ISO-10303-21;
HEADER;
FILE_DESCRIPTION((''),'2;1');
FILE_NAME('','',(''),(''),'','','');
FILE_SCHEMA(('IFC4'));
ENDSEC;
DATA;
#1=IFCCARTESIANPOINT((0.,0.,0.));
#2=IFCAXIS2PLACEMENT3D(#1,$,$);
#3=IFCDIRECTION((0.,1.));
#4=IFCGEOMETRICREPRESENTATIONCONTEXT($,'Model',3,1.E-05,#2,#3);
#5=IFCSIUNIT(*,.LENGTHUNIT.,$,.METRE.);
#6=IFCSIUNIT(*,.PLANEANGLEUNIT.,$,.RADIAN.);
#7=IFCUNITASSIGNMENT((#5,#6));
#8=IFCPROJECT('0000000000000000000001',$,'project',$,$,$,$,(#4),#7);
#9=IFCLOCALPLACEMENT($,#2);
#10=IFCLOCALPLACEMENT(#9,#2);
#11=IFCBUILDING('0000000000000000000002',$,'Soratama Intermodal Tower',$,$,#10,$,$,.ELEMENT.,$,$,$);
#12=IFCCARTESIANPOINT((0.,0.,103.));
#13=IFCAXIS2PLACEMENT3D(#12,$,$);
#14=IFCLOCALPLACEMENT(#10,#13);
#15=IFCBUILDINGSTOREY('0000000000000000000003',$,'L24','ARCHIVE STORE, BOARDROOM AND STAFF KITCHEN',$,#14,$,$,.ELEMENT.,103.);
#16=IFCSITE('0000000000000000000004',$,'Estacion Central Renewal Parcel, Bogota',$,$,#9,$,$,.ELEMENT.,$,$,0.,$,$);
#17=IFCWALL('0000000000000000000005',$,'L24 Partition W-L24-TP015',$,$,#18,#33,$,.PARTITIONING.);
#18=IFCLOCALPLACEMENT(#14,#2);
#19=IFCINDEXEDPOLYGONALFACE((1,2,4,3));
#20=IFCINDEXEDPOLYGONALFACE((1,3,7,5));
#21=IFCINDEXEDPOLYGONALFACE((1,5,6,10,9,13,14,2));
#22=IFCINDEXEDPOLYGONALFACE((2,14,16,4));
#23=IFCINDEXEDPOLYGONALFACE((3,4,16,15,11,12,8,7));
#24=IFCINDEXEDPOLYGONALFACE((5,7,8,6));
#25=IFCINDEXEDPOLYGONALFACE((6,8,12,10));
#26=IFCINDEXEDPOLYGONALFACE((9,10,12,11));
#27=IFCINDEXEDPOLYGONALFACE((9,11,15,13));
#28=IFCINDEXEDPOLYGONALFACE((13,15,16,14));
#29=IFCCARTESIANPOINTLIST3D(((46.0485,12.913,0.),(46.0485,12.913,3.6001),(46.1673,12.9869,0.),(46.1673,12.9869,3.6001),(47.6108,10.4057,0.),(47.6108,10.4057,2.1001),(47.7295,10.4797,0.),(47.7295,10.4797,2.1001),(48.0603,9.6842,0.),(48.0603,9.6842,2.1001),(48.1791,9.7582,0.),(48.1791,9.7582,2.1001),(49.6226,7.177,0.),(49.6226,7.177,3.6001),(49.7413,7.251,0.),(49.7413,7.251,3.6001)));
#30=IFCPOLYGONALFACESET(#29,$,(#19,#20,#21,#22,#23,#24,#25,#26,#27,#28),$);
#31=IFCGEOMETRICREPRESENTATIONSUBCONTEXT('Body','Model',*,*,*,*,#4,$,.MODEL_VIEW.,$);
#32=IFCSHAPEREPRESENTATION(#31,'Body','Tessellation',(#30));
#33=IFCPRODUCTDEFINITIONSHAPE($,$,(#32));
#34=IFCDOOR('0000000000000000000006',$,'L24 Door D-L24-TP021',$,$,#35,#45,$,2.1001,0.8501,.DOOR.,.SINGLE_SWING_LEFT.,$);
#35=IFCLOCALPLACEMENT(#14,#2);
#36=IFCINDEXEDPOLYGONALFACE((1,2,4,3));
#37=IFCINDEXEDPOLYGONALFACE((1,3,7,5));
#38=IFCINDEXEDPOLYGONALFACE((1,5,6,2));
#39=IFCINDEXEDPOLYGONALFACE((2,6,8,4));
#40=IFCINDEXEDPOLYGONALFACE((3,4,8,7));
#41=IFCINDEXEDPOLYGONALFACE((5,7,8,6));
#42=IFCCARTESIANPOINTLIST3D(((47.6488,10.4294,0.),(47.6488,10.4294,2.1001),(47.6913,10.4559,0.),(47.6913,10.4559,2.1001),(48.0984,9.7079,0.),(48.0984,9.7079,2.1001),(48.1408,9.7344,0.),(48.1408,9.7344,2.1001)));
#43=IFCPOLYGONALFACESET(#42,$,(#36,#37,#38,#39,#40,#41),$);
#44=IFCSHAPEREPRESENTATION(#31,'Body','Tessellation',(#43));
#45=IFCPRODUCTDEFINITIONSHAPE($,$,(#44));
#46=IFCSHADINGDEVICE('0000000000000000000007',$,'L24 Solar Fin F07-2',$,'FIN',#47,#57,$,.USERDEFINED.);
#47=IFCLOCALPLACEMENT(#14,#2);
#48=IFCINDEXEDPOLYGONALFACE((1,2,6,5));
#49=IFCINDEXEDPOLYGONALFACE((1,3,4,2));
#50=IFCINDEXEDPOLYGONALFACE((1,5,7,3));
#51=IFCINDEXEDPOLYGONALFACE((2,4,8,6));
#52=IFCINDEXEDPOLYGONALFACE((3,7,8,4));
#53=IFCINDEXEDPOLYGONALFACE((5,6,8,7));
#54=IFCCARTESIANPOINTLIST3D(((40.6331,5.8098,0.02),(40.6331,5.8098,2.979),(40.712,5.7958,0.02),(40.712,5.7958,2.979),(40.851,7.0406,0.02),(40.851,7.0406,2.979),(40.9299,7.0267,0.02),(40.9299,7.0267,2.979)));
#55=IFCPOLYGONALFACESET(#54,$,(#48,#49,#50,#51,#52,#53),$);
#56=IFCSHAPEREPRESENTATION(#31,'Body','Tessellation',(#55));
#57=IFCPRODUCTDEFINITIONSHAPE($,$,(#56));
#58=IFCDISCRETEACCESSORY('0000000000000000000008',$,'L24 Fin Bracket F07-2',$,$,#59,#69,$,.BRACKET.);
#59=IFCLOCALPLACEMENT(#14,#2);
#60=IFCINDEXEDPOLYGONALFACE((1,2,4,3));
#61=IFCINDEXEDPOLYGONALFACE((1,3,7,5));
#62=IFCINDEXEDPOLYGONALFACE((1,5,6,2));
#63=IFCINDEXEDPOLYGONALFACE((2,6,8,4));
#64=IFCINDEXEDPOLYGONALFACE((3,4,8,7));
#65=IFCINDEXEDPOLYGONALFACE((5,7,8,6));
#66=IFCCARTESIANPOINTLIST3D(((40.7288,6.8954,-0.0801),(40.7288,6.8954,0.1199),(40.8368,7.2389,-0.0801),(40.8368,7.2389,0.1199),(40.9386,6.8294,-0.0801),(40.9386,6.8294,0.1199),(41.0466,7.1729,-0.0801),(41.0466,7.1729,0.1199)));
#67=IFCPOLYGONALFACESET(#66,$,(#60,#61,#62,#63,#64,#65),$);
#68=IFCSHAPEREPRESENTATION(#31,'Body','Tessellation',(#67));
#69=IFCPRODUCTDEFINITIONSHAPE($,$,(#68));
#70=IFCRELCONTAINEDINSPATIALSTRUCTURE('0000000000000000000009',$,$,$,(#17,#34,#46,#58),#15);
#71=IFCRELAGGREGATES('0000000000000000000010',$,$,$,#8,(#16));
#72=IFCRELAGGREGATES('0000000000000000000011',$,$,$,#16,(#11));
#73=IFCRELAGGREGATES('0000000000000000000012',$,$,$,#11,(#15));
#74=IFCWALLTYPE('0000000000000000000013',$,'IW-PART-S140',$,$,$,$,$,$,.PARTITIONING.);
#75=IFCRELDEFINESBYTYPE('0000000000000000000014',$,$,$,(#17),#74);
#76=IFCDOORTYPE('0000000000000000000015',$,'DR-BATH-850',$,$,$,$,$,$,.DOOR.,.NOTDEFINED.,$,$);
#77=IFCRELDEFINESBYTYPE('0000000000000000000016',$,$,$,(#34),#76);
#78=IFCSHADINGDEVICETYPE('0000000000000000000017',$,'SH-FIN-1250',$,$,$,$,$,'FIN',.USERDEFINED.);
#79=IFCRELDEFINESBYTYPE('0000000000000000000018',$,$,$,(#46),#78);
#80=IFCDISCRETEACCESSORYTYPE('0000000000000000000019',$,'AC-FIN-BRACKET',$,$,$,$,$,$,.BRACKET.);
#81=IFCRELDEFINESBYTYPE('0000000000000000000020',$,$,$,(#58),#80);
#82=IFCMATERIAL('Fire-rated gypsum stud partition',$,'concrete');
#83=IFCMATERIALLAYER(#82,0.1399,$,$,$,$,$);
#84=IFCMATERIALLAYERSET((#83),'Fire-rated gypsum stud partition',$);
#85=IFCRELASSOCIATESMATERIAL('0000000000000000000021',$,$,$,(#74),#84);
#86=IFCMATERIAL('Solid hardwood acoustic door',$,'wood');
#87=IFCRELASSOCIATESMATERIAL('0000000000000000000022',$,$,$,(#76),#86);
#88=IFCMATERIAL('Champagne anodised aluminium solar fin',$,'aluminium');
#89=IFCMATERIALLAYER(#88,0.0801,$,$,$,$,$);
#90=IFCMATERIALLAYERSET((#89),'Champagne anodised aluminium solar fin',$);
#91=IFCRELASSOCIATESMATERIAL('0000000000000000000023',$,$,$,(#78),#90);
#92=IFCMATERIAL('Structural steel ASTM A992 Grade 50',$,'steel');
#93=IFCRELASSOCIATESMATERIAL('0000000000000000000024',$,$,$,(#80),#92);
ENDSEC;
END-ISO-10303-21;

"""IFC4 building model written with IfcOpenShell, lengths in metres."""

from ifc_helpers import new_model, si_unit, direction, frame, frame_2d, origin, origin_2d, place, context, subcontext, project, spatial, rectangle, extrude, material, layer, layer_set, type_object, element, fill, save


model = new_model("IFC4")

# Units and contexts
model_context = context("Model", 3, precision=1e-05, world=origin(), true_north=direction((0.0, 1.0)))
body_context = subcontext(model_context, "Body", "Model", "MODEL_VIEW")
ifc_project = project(units=[si_unit("LENGTHUNIT", "METRE"), si_unit("PLANEANGLEUNIT", "RADIAN")], contexts=[model_context])

# Site, building, storey
site_placement = place(None, origin())
site = spatial("IfcSite", under=ifc_project, at=site_placement, Name="Estacion Central Renewal Parcel, Bogota", CompositionType="ELEMENT", RefElevation=0.0)
building_placement = place(site_placement, origin())
building = spatial("IfcBuilding", under=site, at=building_placement, Name="Soratama Intermodal Tower", CompositionType="ELEMENT")
storey_placement = place(building_placement, frame((0.0, 0.0, 103.0)))
storey = spatial("IfcBuildingStorey", under=building, at=storey_placement, Name="L24", Description="ARCHIVE STORE, BOARDROOM AND STAFF KITCHEN", CompositionType="ELEMENT", Elevation=103.0)

# Wall, opening, door
ifc_material_1 = material(Name="Fire-rated gypsum stud partition", Category="concrete")
ifc_layer_1 = layer(ifc_material_1, 0.1399)
ifc_layer_set_1 = layer_set([ifc_layer_1], Name="Fire-rated gypsum stud partition")
wall_type_1 = type_object("IfcWallType", Name="IW-PART-S140", PredefinedType="PARTITIONING", material=ifc_layer_set_1)
wall_1_placement = place(storey_placement, frame((46.1079, 12.95, 0.0), z_axis=(0.0, 0.0, 1.0), x_axis=(0.528836, -0.848724, 0.0)))
wall_1 = element("IfcWall", 1, at=wall_1_placement, inside=storey, type_object=wall_type_1, Name="L24 Partition W-L24-TP015", PredefinedType="PARTITIONING", context=body_context, shape_type="SweptSolid", body=[
    extrude(rectangle(XDim=6.7583, YDim=0.1399, at=frame_2d((3.3792, 0.0))), origin(), (0.0, 0.0, 1.0), 3.6001),
])
opening_1_placement = place(wall_1_placement, frame((2.9541, 0.0, 0.0)))
opening_1 = element("IfcOpeningElement", 2, at=opening_1_placement, cuts=wall_1, PredefinedType="OPENING", context=body_context, shape_type="SweptSolid", body=[
    extrude(rectangle(XDim=0.8501, YDim=2.1001, at=frame_2d((0.425, 1.05))), frame((0.0, 0.0798, 0.0), z_axis=(0.0, -1.0, 0.0), x_axis=(1.0, 0.0, 0.0)), (0.0, 0.0, 1.0), 0.1599),
])
ifc_material_2 = material(Name="Solid hardwood acoustic door", Category="wood")
door_type_1 = type_object("IfcDoorType", Name="DR-BATH-850", OperationType="NOTDEFINED", PredefinedType="DOOR", material=ifc_material_2)
door_1_placement = place(opening_1_placement, origin())
door_1 = element("IfcDoor", 3, at=door_1_placement, inside=storey, type_object=door_type_1, Name="L24 Door D-L24-TP021", OperationType="SINGLE_SWING_LEFT", OverallHeight=2.1001, OverallWidth=0.8501, PredefinedType="DOOR", context=body_context, shape_type="SweptSolid", body=[
    extrude(rectangle(XDim=0.8501, YDim=2.1001, at=frame_2d((0.425, 1.05))), frame((0.0, 0.0249, 0.0), z_axis=(0.0, -1.0, 0.0), x_axis=(1.0, 0.0, 0.0)), (0.0, 0.0, 1.0), 0.05),
])
fill(opening_1, door_1)

# Shading device
ifc_material_3 = material(Name="Champagne anodised aluminium solar fin", Category="aluminium")
ifc_layer_2 = layer(ifc_material_3, 0.0801)
ifc_layer_set_2 = layer_set([ifc_layer_2], Name="Champagne anodised aluminium solar fin")
shading_device_type = type_object("IfcShadingDeviceType", Name="SH-FIN-1250", ElementType="FIN", PredefinedType="USERDEFINED", material=ifc_layer_set_2)
shading_device_placement = place(storey_placement, frame((40.7815, 6.4182, 0.02), z_axis=(0.0, 0.0, 1.0), x_axis=(-0.174336, -0.984686, 0.0)))
element("IfcShadingDevice", 4, at=shading_device_placement, inside=storey, type_object=shading_device_type, Name="L24 Solar Fin F07-2", ObjectType="FIN", PredefinedType="USERDEFINED", context=body_context, shape_type="SweptSolid", body=[
    extrude(rectangle(XDim=1.25, YDim=0.0801, at=origin_2d()), origin(), (0.0, 0.0, 1.0), 2.959),
])

# Discrete accessory
ifc_material_4 = material(Name="Structural steel ASTM A992 Grade 50", Category="steel")
discrete_accessory_type = type_object("IfcDiscreteAccessoryType", Name="AC-FIN-BRACKET", PredefinedType="BRACKET", material=ifc_material_4)
discrete_accessory_placement = place(storey_placement, frame((40.8877, 7.0342, -0.0801), z_axis=(0.0, 0.0, 1.0), x_axis=(-0.30004, -0.953927, 0.0)))
element("IfcDiscreteAccessory", 5, at=discrete_accessory_placement, inside=storey, type_object=discrete_accessory_type, Name="L24 Fin Bracket F07-2", PredefinedType="BRACKET", context=body_context, shape_type="SweptSolid", body=[
    extrude(rectangle(XDim=0.3601, YDim=0.22, at=origin_2d()), origin(), (0.0, 0.0, 1.0), 0.2),
])

save(model, "model.ifc")
